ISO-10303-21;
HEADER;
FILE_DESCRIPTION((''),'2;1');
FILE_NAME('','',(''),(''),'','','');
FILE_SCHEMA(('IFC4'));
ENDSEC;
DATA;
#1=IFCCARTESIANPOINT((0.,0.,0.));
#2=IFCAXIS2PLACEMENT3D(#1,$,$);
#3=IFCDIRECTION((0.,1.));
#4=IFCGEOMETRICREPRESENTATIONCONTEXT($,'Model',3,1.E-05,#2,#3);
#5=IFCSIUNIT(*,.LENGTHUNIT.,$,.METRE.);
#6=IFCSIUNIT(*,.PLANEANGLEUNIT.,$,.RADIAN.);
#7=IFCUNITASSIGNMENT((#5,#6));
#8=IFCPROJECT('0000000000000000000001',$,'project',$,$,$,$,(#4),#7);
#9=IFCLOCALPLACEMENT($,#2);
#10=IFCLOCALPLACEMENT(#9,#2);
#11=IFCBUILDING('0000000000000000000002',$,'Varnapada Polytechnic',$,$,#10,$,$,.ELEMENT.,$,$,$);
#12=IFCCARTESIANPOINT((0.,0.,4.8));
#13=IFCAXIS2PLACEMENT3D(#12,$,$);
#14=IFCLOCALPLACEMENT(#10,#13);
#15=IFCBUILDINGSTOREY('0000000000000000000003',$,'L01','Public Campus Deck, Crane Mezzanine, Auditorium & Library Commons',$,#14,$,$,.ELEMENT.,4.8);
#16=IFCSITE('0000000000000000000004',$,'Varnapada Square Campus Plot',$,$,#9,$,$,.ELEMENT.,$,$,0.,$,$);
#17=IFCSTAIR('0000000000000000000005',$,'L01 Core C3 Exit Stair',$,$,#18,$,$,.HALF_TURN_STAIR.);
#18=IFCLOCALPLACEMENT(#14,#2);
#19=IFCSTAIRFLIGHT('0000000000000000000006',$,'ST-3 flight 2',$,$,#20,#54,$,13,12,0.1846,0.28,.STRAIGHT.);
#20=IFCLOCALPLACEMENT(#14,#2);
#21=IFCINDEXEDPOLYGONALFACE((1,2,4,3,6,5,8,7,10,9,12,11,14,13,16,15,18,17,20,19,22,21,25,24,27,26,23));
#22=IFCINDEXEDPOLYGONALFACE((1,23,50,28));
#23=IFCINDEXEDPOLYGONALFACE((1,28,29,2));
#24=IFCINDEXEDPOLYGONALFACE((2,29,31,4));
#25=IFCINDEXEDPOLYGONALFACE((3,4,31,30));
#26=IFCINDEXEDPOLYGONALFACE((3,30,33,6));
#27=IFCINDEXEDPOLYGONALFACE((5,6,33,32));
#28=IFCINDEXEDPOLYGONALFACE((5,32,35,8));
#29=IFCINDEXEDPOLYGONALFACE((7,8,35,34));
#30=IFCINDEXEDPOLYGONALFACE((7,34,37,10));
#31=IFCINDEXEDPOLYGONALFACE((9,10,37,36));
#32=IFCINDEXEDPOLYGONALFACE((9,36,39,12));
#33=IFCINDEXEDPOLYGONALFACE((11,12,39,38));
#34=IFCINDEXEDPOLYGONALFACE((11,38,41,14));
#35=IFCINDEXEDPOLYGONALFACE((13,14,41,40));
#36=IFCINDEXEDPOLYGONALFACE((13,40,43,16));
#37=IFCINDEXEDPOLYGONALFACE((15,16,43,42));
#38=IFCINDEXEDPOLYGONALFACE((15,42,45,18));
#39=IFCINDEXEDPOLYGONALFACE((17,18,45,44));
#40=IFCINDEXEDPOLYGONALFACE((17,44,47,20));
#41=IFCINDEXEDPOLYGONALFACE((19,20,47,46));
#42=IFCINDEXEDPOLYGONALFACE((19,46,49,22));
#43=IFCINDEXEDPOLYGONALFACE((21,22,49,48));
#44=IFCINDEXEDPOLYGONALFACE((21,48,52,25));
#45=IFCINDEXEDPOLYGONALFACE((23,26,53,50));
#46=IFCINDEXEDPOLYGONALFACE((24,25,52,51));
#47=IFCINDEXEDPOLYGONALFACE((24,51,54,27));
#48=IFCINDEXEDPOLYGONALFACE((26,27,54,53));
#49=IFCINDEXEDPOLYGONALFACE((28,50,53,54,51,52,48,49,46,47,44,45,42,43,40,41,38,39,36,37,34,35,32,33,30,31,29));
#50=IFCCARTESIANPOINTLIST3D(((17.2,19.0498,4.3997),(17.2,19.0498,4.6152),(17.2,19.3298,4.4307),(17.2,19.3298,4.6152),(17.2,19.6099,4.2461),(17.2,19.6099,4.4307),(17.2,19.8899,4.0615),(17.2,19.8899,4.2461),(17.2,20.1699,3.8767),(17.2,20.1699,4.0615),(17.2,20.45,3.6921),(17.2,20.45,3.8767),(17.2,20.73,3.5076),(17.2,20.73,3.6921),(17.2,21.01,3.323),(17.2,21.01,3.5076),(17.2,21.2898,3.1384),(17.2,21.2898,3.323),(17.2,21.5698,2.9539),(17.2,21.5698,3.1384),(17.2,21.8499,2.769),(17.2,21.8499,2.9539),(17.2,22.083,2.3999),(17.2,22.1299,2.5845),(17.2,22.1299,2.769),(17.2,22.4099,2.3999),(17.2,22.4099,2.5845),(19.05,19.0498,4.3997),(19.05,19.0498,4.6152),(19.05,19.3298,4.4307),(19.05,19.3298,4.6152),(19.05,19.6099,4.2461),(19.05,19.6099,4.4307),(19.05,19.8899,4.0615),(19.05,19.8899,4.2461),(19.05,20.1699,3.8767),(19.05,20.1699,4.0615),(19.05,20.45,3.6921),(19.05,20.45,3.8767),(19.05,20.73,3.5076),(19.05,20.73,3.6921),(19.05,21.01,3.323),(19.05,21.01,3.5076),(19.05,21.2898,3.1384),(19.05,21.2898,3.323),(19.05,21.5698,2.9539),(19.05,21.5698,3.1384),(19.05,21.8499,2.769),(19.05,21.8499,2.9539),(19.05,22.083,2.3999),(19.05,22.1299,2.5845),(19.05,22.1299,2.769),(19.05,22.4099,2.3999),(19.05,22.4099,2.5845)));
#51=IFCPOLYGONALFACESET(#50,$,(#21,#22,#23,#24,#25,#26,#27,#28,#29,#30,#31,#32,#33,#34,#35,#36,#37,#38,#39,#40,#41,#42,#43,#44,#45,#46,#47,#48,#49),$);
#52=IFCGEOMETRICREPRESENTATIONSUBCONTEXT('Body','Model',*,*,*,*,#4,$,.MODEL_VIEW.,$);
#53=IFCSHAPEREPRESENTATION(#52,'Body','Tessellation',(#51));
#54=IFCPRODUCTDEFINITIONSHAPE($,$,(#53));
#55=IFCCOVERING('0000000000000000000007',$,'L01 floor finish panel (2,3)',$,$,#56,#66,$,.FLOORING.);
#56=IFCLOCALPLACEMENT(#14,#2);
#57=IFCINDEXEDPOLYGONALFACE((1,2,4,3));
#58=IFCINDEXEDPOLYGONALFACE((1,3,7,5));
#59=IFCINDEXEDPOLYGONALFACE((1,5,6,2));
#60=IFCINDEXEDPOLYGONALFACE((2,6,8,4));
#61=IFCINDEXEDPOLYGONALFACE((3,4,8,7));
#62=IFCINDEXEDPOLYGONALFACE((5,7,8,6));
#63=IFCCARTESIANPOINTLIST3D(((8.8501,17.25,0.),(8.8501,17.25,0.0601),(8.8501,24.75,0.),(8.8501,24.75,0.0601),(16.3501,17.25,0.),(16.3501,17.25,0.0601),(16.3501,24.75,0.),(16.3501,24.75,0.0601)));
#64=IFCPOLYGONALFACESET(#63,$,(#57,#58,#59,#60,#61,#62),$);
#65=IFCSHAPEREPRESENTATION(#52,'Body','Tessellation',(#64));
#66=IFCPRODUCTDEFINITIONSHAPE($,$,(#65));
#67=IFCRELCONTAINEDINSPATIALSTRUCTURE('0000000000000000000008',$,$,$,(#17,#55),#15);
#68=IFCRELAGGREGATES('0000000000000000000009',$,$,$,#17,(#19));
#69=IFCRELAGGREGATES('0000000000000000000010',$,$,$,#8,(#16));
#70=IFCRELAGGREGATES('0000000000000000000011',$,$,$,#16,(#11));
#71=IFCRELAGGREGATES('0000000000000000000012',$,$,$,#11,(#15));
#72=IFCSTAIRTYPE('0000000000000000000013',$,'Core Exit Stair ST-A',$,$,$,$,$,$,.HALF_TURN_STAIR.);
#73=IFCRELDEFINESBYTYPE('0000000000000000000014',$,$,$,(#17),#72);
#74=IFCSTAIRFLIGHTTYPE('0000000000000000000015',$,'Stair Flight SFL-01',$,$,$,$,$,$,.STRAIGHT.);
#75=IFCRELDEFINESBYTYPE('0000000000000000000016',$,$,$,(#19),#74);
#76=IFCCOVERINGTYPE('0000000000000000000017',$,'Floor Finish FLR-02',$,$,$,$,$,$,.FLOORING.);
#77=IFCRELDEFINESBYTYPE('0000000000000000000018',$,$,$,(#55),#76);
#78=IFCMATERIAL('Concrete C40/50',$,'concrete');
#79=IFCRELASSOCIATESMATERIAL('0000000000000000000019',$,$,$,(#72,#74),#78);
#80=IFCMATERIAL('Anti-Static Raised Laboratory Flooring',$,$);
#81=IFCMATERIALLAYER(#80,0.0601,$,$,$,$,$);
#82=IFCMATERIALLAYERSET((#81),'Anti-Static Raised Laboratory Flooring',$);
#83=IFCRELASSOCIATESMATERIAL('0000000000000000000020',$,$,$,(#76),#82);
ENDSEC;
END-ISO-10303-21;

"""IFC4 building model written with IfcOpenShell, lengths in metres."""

from ifc_helpers import new_model, si_unit, direction, frame, origin, origin_2d, place, context, subcontext, project, spatial, polyline, rectangle, outline, extrude, material, layer, layer_set, type_object, element, aggregate, save


model = new_model("IFC4")

# Units and contexts
model_context = context("Model", 3, precision=1e-05, world=origin(), true_north=direction((0.0, 1.0)))
body_context = subcontext(model_context, "Body", "Model", "MODEL_VIEW")
ifc_project = project(units=[si_unit("LENGTHUNIT", "METRE"), si_unit("PLANEANGLEUNIT", "RADIAN")], contexts=[model_context])

# Site, building, storey
site_placement = place(None, origin())
site = spatial("IfcSite", under=ifc_project, at=site_placement, Name="Varnapada Square Campus Plot", CompositionType="ELEMENT", RefElevation=0.0)
building_placement = place(site_placement, origin())
building = spatial("IfcBuilding", under=site, at=building_placement, Name="Varnapada Polytechnic", CompositionType="ELEMENT")
storey_placement = place(building_placement, frame((0.0, 0.0, 4.8)))
storey = spatial("IfcBuildingStorey", under=building, at=storey_placement, Name="L01", Description="Public Campus Deck, Crane Mezzanine, Auditorium & Library Commons", CompositionType="ELEMENT", Elevation=4.8)

# Shared definitions
ifc_material_1 = material(Name="Concrete C40/50", Category="concrete")

# Stair, stair flight
stair_type = type_object("IfcStairType", Name="Core Exit Stair ST-A", PredefinedType="HALF_TURN_STAIR", material=ifc_material_1)
stair_placement = place(storey_placement, origin())
stair = element("IfcStair", 1, at=stair_placement, inside=storey, type_object=stair_type, Name="L01 Core C3 Exit Stair", PredefinedType="HALF_TURN_STAIR")
stair_flight_type = type_object("IfcStairFlightType", Name="Stair Flight SFL-01", PredefinedType="STRAIGHT", material=ifc_material_1)
stair_flight_1_placement = place(storey_placement, frame((18.125, 22.4099, 2.3999), z_axis=(0.0, 0.0, 1.0), x_axis=(0.0, -1.0, 0.0)))
stair_flight_1 = element("IfcStairFlight", 2, at=stair_flight_1_placement, type_object=stair_flight_type, Name="ST-3 flight 2", NumberOfRisers=13, NumberOfTreads=12, PredefinedType="STRAIGHT", RiserHeight=0.1846, TreadLength=0.28, context=body_context, shape_type="SweptSolid", body=[
    extrude(outline(polyline([(0.0, 0.0), (0.0, 0.1846), (0.28, 0.1846), (0.28, 0.3691), (0.5601, 0.3691), (0.5601, 0.554), (0.8401, 0.554), (0.8401, 0.7385), (1.1201, 0.7385), (1.1201, 0.9231), (1.3999, 0.9231), (1.3999, 1.1077), (1.6799, 1.1077), (1.6799, 1.2922), (1.96, 1.2922), (1.96, 1.4768), (2.24, 1.4768), (2.24, 1.6616), (2.52, 1.6616), (2.52, 1.8462), (2.8, 1.8462), (2.8, 2.0308), (3.0801, 2.0308), (3.0801, 2.2153), (3.3601, 2.2153), (3.3601, 2.3999), (3.3601, 1.9998), (0.3269, 0.0), (0.0, 0.0)])), frame((0.0, 0.925, 0.0), z_axis=(0.0, -1.0, 0.0), x_axis=(1.0, 0.0, 0.0)), (0.0, 0.0, 1.0), 1.8501),
])
aggregate(stair, [stair_flight_1])

# Covering
ifc_material_2 = material(Name="Anti-Static Raised Laboratory Flooring")
ifc_layer_1 = layer(ifc_material_2, 0.0601)
ifc_layer_set_1 = layer_set([ifc_layer_1], Name="Anti-Static Raised Laboratory Flooring")
covering_type = type_object("IfcCoveringType", Name="Floor Finish FLR-02", PredefinedType="FLOORING", material=ifc_layer_set_1)
covering_placement = place(storey_placement, frame((12.6001, 21.0, 0.0), z_axis=(0.0, 0.0, 1.0), x_axis=(1.0, 0.0, 0.0)))
element("IfcCovering", 3, at=covering_placement, inside=storey, type_object=covering_type, Name="L01 floor finish panel (2,3)", PredefinedType="FLOORING", context=body_context, shape_type="SweptSolid", body=[
    extrude(rectangle(XDim=7.5, YDim=7.5, at=origin_2d()), origin(), (0.0, 0.0, 1.0), 0.0601),
])

save(model, "model.ifc")
